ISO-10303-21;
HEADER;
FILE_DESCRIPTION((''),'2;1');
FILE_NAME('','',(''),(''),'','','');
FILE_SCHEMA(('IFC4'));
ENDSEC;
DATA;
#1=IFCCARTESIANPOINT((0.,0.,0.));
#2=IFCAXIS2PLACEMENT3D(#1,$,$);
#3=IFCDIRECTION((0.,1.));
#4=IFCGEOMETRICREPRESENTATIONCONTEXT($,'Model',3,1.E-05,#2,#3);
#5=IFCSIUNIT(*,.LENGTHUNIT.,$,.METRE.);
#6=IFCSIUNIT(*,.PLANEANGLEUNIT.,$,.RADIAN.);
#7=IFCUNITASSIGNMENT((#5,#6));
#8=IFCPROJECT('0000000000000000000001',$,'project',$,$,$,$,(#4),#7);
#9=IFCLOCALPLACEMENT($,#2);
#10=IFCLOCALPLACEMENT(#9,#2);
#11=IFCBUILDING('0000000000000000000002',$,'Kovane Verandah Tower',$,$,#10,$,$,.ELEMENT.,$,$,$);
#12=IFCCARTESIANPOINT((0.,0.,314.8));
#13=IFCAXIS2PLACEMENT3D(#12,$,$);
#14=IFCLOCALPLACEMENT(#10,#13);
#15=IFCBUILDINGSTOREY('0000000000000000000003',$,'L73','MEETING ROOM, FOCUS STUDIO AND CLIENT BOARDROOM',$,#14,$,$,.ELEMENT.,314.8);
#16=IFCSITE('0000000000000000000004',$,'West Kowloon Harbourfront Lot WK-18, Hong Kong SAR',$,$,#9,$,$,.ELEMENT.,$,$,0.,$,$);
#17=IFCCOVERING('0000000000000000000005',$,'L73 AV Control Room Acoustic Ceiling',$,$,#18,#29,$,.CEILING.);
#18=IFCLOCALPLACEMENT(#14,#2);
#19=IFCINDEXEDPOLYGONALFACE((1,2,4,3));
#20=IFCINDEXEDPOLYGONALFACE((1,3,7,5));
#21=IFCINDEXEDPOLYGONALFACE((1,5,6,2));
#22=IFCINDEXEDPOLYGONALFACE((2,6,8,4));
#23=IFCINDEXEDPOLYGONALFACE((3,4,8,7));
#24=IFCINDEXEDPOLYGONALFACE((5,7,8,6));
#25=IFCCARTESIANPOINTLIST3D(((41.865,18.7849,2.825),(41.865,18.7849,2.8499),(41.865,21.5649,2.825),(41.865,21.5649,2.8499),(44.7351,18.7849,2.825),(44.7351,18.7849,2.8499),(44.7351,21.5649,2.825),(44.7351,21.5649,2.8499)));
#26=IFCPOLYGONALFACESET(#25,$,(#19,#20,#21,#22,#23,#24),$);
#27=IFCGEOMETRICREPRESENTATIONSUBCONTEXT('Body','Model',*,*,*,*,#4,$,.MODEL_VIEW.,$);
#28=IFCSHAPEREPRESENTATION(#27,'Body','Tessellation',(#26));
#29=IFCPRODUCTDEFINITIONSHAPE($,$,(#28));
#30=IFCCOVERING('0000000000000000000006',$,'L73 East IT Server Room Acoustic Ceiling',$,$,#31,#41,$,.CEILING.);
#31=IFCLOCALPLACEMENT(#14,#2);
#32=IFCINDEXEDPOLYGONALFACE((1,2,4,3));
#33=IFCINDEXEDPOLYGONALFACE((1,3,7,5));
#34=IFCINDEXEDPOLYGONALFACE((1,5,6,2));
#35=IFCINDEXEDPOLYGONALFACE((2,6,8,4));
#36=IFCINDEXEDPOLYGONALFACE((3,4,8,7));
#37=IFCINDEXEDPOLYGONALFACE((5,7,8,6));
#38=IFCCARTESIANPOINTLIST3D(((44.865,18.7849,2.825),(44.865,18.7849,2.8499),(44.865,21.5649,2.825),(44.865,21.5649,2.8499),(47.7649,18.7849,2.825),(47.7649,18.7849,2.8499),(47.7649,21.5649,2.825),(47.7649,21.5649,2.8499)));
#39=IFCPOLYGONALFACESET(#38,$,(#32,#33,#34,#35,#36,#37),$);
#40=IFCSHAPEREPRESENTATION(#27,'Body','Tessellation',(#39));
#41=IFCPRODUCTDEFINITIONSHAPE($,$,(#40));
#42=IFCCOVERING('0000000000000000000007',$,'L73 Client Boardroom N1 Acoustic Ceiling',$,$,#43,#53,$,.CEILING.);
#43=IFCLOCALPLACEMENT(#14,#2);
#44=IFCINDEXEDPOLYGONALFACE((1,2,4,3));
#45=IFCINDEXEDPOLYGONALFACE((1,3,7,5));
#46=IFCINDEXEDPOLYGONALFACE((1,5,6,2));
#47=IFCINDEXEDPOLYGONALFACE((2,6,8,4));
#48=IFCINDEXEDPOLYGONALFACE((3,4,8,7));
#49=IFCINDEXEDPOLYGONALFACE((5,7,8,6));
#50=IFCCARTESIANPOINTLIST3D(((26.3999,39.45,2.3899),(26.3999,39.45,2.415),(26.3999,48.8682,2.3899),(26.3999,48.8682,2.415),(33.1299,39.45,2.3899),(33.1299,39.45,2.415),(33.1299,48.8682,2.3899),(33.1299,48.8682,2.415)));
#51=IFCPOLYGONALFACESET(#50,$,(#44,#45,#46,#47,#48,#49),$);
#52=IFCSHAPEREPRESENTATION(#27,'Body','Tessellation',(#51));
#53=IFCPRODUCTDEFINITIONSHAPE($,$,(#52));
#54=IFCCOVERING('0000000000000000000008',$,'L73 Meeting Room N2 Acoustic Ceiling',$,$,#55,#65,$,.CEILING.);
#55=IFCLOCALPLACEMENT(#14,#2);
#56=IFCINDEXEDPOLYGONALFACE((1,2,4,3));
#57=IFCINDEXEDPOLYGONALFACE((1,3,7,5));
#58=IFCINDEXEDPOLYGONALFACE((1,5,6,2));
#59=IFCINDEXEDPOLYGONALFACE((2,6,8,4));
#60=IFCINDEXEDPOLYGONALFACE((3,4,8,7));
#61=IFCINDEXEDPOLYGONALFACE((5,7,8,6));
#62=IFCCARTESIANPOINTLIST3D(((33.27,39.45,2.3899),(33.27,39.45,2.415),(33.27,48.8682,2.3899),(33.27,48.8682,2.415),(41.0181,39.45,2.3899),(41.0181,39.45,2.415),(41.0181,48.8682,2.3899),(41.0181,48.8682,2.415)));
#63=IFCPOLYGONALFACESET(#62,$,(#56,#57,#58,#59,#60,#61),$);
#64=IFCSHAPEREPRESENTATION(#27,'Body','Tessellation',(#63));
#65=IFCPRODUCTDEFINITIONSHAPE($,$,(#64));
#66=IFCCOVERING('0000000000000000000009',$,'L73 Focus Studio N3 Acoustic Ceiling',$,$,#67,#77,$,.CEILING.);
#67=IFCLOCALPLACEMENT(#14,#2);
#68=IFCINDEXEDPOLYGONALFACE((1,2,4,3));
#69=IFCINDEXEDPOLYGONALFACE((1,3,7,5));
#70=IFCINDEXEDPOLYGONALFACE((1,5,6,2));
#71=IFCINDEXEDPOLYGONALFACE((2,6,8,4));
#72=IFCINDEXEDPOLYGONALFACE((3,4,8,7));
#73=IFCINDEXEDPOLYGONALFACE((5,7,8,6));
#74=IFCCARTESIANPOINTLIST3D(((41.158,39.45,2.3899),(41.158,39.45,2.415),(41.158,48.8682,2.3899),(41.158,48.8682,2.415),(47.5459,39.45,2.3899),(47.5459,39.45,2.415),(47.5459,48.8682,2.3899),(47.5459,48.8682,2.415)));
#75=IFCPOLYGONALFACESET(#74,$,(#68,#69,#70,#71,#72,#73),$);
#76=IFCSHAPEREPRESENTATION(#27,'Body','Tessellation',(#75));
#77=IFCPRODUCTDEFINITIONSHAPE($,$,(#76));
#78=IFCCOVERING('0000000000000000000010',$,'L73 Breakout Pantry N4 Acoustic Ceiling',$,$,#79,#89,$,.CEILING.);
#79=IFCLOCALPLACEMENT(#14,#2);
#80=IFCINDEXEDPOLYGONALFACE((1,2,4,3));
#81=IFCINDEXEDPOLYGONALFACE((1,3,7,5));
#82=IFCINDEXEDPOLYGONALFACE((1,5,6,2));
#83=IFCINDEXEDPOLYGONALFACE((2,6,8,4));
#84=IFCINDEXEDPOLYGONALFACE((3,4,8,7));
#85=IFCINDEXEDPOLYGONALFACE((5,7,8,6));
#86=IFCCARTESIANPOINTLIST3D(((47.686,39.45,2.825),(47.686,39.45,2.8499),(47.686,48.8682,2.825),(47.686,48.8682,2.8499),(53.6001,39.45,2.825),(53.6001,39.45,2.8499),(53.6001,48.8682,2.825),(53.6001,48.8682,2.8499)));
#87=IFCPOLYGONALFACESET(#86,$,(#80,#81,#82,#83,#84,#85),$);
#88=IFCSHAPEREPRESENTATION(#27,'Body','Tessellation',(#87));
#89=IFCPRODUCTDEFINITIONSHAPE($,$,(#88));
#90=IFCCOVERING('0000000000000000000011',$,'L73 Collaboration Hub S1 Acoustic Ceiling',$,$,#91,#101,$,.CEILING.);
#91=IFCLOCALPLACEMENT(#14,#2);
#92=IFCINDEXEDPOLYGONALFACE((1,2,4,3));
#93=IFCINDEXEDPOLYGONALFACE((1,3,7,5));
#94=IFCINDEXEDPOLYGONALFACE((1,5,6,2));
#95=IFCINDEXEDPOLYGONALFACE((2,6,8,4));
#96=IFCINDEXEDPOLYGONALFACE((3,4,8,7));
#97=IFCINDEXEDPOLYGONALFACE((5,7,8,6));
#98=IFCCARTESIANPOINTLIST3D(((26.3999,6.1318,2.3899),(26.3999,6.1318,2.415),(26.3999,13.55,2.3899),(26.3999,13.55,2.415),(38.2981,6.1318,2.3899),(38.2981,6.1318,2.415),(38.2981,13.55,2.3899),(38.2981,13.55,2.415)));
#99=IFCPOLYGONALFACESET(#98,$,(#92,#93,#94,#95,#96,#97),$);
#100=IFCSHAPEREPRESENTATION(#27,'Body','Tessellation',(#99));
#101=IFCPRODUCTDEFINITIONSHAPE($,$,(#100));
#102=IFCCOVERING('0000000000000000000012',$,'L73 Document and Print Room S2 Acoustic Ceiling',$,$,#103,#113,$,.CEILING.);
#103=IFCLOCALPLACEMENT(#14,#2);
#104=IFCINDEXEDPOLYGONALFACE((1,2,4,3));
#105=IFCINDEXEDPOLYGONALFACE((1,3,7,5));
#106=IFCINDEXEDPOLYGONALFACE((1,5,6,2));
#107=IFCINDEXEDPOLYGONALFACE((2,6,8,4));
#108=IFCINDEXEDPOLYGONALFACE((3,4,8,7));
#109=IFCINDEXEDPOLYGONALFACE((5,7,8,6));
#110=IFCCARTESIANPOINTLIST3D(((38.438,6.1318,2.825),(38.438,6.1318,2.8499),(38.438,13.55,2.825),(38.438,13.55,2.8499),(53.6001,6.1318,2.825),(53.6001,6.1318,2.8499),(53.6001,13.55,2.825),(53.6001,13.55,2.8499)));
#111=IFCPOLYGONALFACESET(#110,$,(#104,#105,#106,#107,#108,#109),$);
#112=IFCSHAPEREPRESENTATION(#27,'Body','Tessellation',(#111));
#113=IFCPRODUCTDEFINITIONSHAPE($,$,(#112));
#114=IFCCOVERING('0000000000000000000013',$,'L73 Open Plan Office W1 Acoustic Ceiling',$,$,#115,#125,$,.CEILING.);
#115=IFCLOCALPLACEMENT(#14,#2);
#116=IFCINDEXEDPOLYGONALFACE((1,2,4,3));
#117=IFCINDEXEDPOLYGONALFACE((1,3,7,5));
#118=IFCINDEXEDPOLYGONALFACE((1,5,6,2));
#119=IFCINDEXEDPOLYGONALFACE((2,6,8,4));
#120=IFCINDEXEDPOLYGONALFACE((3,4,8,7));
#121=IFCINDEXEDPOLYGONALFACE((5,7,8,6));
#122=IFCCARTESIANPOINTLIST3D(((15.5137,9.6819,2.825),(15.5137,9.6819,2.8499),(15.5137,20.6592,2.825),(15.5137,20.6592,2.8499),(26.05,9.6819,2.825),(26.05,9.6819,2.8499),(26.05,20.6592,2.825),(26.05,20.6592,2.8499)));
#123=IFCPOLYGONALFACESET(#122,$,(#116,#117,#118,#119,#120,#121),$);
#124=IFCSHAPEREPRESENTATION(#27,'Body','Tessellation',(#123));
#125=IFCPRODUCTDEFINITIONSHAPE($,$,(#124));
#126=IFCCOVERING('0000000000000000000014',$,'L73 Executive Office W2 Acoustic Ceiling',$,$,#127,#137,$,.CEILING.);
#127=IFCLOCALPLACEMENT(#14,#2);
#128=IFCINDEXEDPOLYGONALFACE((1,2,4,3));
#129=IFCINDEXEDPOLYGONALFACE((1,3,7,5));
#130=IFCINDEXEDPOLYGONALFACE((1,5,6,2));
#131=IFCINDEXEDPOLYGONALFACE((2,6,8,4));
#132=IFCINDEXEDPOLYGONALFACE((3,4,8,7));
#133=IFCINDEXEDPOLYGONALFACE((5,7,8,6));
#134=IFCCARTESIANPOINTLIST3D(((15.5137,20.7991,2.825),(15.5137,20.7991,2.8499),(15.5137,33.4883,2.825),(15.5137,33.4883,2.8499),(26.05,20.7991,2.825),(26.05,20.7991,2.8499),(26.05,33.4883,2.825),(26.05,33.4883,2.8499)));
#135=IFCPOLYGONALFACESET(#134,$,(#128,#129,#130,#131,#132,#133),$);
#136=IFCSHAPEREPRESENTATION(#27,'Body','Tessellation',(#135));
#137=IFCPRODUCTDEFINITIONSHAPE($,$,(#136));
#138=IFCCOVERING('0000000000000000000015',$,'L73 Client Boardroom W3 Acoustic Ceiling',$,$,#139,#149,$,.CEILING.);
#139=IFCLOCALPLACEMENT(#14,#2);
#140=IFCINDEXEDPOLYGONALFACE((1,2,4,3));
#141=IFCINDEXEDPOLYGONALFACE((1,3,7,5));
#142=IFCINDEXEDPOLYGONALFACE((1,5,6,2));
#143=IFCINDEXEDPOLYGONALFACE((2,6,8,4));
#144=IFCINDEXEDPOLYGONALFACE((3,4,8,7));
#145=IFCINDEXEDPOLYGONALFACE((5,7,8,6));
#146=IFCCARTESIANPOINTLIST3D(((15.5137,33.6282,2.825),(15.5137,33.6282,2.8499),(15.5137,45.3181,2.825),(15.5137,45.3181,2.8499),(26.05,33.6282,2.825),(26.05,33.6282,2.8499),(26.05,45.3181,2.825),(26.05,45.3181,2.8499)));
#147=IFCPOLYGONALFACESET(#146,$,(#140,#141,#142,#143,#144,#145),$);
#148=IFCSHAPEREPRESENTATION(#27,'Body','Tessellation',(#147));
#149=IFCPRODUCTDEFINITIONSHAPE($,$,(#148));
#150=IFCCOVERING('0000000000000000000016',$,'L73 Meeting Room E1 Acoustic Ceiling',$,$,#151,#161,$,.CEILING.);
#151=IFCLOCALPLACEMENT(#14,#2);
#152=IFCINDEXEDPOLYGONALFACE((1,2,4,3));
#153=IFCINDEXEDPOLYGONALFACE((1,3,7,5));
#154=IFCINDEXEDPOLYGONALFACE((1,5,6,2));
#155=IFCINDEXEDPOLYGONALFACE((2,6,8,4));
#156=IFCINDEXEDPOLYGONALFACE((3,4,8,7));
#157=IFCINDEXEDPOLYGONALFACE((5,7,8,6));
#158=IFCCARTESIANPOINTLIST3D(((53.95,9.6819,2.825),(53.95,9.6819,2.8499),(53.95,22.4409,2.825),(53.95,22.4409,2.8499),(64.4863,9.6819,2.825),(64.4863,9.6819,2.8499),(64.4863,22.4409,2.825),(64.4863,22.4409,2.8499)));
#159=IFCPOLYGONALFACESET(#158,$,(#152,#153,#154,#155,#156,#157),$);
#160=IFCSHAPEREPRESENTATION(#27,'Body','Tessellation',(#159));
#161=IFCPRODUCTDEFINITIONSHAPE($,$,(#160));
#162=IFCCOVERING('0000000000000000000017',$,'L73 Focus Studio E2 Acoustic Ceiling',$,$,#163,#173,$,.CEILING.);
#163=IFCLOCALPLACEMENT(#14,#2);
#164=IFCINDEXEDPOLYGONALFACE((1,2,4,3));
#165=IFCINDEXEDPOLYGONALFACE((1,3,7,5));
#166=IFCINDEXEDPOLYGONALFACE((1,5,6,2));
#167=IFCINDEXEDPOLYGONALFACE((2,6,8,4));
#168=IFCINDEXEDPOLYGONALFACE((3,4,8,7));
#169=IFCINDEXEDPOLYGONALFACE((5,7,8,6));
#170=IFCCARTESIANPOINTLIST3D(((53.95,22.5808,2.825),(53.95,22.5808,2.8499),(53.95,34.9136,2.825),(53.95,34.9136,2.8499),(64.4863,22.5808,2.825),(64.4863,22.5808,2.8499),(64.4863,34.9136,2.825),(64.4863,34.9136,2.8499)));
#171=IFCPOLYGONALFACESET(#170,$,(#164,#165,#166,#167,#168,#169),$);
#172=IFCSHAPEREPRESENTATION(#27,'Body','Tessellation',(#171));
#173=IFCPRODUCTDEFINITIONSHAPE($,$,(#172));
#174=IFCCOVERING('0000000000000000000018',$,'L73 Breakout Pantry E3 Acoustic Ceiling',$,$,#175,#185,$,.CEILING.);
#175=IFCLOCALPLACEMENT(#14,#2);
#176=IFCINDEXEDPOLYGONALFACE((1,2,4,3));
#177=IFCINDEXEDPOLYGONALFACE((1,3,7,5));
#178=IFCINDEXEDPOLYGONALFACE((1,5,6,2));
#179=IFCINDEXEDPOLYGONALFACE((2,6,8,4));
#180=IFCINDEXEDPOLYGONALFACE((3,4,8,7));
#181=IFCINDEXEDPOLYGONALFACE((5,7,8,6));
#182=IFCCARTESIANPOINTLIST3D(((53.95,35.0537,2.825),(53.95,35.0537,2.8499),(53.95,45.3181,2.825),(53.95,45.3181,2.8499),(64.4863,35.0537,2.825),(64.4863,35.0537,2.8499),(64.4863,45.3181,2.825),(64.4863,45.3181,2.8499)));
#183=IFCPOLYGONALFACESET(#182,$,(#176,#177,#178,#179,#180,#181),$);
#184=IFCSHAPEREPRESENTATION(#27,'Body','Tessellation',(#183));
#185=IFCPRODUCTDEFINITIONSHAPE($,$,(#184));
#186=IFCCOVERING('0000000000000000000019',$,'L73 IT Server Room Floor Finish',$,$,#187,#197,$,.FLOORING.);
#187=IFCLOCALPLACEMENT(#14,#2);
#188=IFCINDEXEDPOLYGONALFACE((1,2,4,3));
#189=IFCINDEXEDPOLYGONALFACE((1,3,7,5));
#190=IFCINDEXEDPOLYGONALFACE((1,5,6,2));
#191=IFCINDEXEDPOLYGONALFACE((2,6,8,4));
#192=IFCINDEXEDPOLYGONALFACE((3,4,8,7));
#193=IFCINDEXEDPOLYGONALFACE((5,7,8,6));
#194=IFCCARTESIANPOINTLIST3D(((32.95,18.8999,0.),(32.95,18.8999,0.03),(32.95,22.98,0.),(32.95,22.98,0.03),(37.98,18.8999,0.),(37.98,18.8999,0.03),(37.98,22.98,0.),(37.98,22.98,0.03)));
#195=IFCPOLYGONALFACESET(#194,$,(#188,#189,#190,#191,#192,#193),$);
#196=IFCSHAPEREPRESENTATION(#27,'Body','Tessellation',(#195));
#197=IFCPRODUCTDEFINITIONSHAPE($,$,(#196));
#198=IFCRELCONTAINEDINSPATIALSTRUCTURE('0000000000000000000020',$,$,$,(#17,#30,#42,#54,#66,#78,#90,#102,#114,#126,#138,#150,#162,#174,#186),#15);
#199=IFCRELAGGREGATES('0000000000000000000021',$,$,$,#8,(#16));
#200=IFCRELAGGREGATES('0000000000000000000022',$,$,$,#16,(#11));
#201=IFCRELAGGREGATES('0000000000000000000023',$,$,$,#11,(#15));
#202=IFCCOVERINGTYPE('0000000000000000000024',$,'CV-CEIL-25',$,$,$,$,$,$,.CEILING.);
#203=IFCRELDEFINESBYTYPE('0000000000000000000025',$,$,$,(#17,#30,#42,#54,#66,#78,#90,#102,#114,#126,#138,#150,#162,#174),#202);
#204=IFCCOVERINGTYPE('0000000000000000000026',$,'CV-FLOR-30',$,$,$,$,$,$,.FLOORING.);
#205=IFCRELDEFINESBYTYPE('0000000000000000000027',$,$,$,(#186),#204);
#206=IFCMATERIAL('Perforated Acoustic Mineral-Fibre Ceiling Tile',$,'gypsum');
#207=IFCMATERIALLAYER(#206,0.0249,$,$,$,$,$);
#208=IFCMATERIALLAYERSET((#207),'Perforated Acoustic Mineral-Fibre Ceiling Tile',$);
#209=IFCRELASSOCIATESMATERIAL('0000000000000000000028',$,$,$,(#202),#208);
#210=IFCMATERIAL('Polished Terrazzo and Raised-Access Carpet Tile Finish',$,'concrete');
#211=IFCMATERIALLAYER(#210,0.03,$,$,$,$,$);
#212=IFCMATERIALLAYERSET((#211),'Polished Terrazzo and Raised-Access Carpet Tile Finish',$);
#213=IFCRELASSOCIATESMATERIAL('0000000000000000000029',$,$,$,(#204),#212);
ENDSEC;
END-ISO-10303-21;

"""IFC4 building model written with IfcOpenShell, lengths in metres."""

from ifc_helpers import new_model, si_unit, direction, frame, origin, place, context, subcontext, project, spatial, polyline, outline, extrude, material, layer, layer_set, type_object, element, save


model = new_model("IFC4")

# Units and contexts
model_context = context("Model", 3, precision=1e-05, world=origin(), true_north=direction((0.0, 1.0)))
body_context = subcontext(model_context, "Body", "Model", "MODEL_VIEW")
ifc_project = project(units=[si_unit("LENGTHUNIT", "METRE"), si_unit("PLANEANGLEUNIT", "RADIAN")], contexts=[model_context])

# Site, building, storey
site_placement = place(None, origin())
site = spatial("IfcSite", under=ifc_project, at=site_placement, Name="West Kowloon Harbourfront Lot WK-18, Hong Kong SAR", CompositionType="ELEMENT", RefElevation=0.0)
building_placement = place(site_placement, origin())
building = spatial("IfcBuilding", under=site, at=building_placement, Name="Kovane Verandah Tower", CompositionType="ELEMENT")
storey_placement = place(building_placement, frame((0.0, 0.0, 314.8)))
storey = spatial("IfcBuildingStorey", under=building, at=storey_placement, Name="L73", Description="MEETING ROOM, FOCUS STUDIO AND CLIENT BOARDROOM", CompositionType="ELEMENT", Elevation=314.8)

# Coverings
ifc_material_1 = material(Name="Perforated Acoustic Mineral-Fibre Ceiling Tile", Category="gypsum")
ifc_layer_1 = layer(ifc_material_1, 0.0249)
ifc_layer_set_1 = layer_set([ifc_layer_1], Name="Perforated Acoustic Mineral-Fibre Ceiling Tile")
covering_type_1 = type_object("IfcCoveringType", Name="CV-CEIL-25", PredefinedType="CEILING", material=ifc_layer_set_1)
covering_1_placement = place(storey_placement, frame((0.0, 0.0, 2.825)))
element("IfcCovering", 1, at=covering_1_placement, inside=storey, type_object=covering_type_1, Name="L73 AV Control Room Acoustic Ceiling", PredefinedType="CEILING", context=body_context, shape_type="SweptSolid", body=[
    extrude(outline(polyline([(41.865, 18.7849), (44.7351, 18.7849), (44.7351, 21.5649), (41.865, 21.5649), (41.865, 18.7849)])), origin(), (0.0, 0.0, 1.0), 0.0249),
])
covering_2_placement = place(storey_placement, frame((0.0, 0.0, 2.825)))
element("IfcCovering", 2, at=covering_2_placement, inside=storey, type_object=covering_type_1, Name="L73 East IT Server Room Acoustic Ceiling", PredefinedType="CEILING", context=body_context, shape_type="SweptSolid", body=[
    extrude(outline(polyline([(44.865, 18.7849), (47.7649, 18.7849), (47.7649, 21.5649), (44.865, 21.5649), (44.865, 18.7849)])), origin(), (0.0, 0.0, 1.0), 0.0249),
])
covering_3_placement = place(storey_placement, frame((0.0, 0.0, 2.3899)))
element("IfcCovering", 3, at=covering_3_placement, inside=storey, type_object=covering_type_1, Name="L73 Client Boardroom N1 Acoustic Ceiling", PredefinedType="CEILING", context=body_context, shape_type="SweptSolid", body=[
    extrude(outline(polyline([(26.3999, 39.45), (33.1299, 39.45), (33.1299, 48.8682), (26.3999, 48.8682), (26.3999, 39.45)])), origin(), (0.0, 0.0, 1.0), 0.0251),
])
covering_4_placement = place(storey_placement, frame((0.0, 0.0, 2.3899)))
element("IfcCovering", 4, at=covering_4_placement, inside=storey, type_object=covering_type_1, Name="L73 Meeting Room N2 Acoustic Ceiling", PredefinedType="CEILING", context=body_context, shape_type="SweptSolid", body=[
    extrude(outline(polyline([(33.27, 39.45), (41.0181, 39.45), (41.0181, 48.8682), (33.27, 48.8682), (33.27, 39.45)])), origin(), (0.0, 0.0, 1.0), 0.0251),
])
covering_5_placement = place(storey_placement, frame((0.0, 0.0, 2.3899)))
element("IfcCovering", 5, at=covering_5_placement, inside=storey, type_object=covering_type_1, Name="L73 Focus Studio N3 Acoustic Ceiling", PredefinedType="CEILING", context=body_context, shape_type="SweptSolid", body=[
    extrude(outline(polyline([(41.158, 39.45), (47.5459, 39.45), (47.5459, 48.8682), (41.158, 48.8682), (41.158, 39.45)])), origin(), (0.0, 0.0, 1.0), 0.0251),
])
covering_6_placement = place(storey_placement, frame((0.0, 0.0, 2.825)))
element("IfcCovering", 6, at=covering_6_placement, inside=storey, type_object=covering_type_1, Name="L73 Breakout Pantry N4 Acoustic Ceiling", PredefinedType="CEILING", context=body_context, shape_type="SweptSolid", body=[
    extrude(outline(polyline([(47.686, 39.45), (53.6001, 39.45), (53.6001, 48.8682), (47.686, 48.8682), (47.686, 39.45)])), origin(), (0.0, 0.0, 1.0), 0.0249),
])
covering_7_placement = place(storey_placement, frame((0.0, 0.0, 2.3899)))
element("IfcCovering", 7, at=covering_7_placement, inside=storey, type_object=covering_type_1, Name="L73 Collaboration Hub S1 Acoustic Ceiling", PredefinedType="CEILING", context=body_context, shape_type="SweptSolid", body=[
    extrude(outline(polyline([(26.3999, 6.1318), (38.2981, 6.1318), (38.2981, 13.55), (26.3999, 13.55), (26.3999, 6.1318)])), origin(), (0.0, 0.0, 1.0), 0.0251),
])
covering_8_placement = place(storey_placement, frame((0.0, 0.0, 2.825)))
element("IfcCovering", 8, at=covering_8_placement, inside=storey, type_object=covering_type_1, Name="L73 Document and Print Room S2 Acoustic Ceiling", PredefinedType="CEILING", context=body_context, shape_type="SweptSolid", body=[
    extrude(outline(polyline([(38.438, 6.1318), (53.6001, 6.1318), (53.6001, 13.55), (38.438, 13.55), (38.438, 6.1318)])), origin(), (0.0, 0.0, 1.0), 0.0249),
])
covering_9_placement = place(storey_placement, frame((0.0, 0.0, 2.825)))
element("IfcCovering", 9, at=covering_9_placement, inside=storey, type_object=covering_type_1, Name="L73 Open Plan Office W1 Acoustic Ceiling", PredefinedType="CEILING", context=body_context, shape_type="SweptSolid", body=[
    extrude(outline(polyline([(15.5137, 9.6819), (26.05, 9.6819), (26.05, 20.6592), (15.5137, 20.6592), (15.5137, 9.6819)])), origin(), (0.0, 0.0, 1.0), 0.0249),
])
covering_10_placement = place(storey_placement, frame((0.0, 0.0, 2.825)))
element("IfcCovering", 10, at=covering_10_placement, inside=storey, type_object=covering_type_1, Name="L73 Executive Office W2 Acoustic Ceiling", PredefinedType="CEILING", context=body_context, shape_type="SweptSolid", body=[
    extrude(outline(polyline([(15.5137, 20.7991), (26.05, 20.7991), (26.05, 33.4883), (15.5137, 33.4883), (15.5137, 20.7991)])), origin(), (0.0, 0.0, 1.0), 0.0249),
])
covering_11_placement = place(storey_placement, frame((0.0, 0.0, 2.825)))
element("IfcCovering", 11, at=covering_11_placement, inside=storey, type_object=covering_type_1, Name="L73 Client Boardroom W3 Acoustic Ceiling", PredefinedType="CEILING", context=body_context, shape_type="SweptSolid", body=[
    extrude(outline(polyline([(15.5137, 33.6282), (26.05, 33.6282), (26.05, 45.3181), (15.5137, 45.3181), (15.5137, 33.6282)])), origin(), (0.0, 0.0, 1.0), 0.0249),
])
covering_12_placement = place(storey_placement, frame((0.0, 0.0, 2.825)))
element("IfcCovering", 12, at=covering_12_placement, inside=storey, type_object=covering_type_1, Name="L73 Meeting Room E1 Acoustic Ceiling", PredefinedType="CEILING", context=body_context, shape_type="SweptSolid", body=[
    extrude(outline(polyline([(53.95, 9.6819), (64.4863, 9.6819), (64.4863, 22.4409), (53.95, 22.4409), (53.95, 9.6819)])), origin(), (0.0, 0.0, 1.0), 0.0249),
])
covering_13_placement = place(storey_placement, frame((0.0, 0.0, 2.825)))
element("IfcCovering", 13, at=covering_13_placement, inside=storey, type_object=covering_type_1, Name="L73 Focus Studio E2 Acoustic Ceiling", PredefinedType="CEILING", context=body_context, shape_type="SweptSolid", body=[
    extrude(outline(polyline([(53.95, 22.5808), (64.4863, 22.5808), (64.4863, 34.9136), (53.95, 34.9136), (53.95, 22.5808)])), origin(), (0.0, 0.0, 1.0), 0.0249),
])
covering_14_placement = place(storey_placement, frame((0.0, 0.0, 2.825)))
element("IfcCovering", 14, at=covering_14_placement, inside=storey, type_object=covering_type_1, Name="L73 Breakout Pantry E3 Acoustic Ceiling", PredefinedType="CEILING", context=body_context, shape_type="SweptSolid", body=[
    extrude(outline(polyline([(53.95, 35.0537), (64.4863, 35.0537), (64.4863, 45.3181), (53.95, 45.3181), (53.95, 35.0537)])), origin(), (0.0, 0.0, 1.0), 0.0249),
])
ifc_material_2 = material(Name="Polished Terrazzo and Raised-Access Carpet Tile Finish", Category="concrete")
ifc_layer_2 = layer(ifc_material_2, 0.03)
ifc_layer_set_2 = layer_set([ifc_layer_2], Name="Polished Terrazzo and Raised-Access Carpet Tile Finish")
covering_type_2 = type_object("IfcCoveringType", Name="CV-FLOR-30", PredefinedType="FLOORING", material=ifc_layer_set_2)
covering_15_placement = place(storey_placement, origin())
element("IfcCovering", 15, at=covering_15_placement, inside=storey, type_object=covering_type_2, Name="L73 IT Server Room Floor Finish", PredefinedType="FLOORING", context=body_context, shape_type="SweptSolid", body=[
    extrude(outline(polyline([(32.95, 18.8999), (37.98, 18.8999), (37.98, 22.98), (32.95, 22.98), (32.95, 18.8999)])), origin(), (0.0, 0.0, 1.0), 0.03),
])

save(model, "model.ifc")
